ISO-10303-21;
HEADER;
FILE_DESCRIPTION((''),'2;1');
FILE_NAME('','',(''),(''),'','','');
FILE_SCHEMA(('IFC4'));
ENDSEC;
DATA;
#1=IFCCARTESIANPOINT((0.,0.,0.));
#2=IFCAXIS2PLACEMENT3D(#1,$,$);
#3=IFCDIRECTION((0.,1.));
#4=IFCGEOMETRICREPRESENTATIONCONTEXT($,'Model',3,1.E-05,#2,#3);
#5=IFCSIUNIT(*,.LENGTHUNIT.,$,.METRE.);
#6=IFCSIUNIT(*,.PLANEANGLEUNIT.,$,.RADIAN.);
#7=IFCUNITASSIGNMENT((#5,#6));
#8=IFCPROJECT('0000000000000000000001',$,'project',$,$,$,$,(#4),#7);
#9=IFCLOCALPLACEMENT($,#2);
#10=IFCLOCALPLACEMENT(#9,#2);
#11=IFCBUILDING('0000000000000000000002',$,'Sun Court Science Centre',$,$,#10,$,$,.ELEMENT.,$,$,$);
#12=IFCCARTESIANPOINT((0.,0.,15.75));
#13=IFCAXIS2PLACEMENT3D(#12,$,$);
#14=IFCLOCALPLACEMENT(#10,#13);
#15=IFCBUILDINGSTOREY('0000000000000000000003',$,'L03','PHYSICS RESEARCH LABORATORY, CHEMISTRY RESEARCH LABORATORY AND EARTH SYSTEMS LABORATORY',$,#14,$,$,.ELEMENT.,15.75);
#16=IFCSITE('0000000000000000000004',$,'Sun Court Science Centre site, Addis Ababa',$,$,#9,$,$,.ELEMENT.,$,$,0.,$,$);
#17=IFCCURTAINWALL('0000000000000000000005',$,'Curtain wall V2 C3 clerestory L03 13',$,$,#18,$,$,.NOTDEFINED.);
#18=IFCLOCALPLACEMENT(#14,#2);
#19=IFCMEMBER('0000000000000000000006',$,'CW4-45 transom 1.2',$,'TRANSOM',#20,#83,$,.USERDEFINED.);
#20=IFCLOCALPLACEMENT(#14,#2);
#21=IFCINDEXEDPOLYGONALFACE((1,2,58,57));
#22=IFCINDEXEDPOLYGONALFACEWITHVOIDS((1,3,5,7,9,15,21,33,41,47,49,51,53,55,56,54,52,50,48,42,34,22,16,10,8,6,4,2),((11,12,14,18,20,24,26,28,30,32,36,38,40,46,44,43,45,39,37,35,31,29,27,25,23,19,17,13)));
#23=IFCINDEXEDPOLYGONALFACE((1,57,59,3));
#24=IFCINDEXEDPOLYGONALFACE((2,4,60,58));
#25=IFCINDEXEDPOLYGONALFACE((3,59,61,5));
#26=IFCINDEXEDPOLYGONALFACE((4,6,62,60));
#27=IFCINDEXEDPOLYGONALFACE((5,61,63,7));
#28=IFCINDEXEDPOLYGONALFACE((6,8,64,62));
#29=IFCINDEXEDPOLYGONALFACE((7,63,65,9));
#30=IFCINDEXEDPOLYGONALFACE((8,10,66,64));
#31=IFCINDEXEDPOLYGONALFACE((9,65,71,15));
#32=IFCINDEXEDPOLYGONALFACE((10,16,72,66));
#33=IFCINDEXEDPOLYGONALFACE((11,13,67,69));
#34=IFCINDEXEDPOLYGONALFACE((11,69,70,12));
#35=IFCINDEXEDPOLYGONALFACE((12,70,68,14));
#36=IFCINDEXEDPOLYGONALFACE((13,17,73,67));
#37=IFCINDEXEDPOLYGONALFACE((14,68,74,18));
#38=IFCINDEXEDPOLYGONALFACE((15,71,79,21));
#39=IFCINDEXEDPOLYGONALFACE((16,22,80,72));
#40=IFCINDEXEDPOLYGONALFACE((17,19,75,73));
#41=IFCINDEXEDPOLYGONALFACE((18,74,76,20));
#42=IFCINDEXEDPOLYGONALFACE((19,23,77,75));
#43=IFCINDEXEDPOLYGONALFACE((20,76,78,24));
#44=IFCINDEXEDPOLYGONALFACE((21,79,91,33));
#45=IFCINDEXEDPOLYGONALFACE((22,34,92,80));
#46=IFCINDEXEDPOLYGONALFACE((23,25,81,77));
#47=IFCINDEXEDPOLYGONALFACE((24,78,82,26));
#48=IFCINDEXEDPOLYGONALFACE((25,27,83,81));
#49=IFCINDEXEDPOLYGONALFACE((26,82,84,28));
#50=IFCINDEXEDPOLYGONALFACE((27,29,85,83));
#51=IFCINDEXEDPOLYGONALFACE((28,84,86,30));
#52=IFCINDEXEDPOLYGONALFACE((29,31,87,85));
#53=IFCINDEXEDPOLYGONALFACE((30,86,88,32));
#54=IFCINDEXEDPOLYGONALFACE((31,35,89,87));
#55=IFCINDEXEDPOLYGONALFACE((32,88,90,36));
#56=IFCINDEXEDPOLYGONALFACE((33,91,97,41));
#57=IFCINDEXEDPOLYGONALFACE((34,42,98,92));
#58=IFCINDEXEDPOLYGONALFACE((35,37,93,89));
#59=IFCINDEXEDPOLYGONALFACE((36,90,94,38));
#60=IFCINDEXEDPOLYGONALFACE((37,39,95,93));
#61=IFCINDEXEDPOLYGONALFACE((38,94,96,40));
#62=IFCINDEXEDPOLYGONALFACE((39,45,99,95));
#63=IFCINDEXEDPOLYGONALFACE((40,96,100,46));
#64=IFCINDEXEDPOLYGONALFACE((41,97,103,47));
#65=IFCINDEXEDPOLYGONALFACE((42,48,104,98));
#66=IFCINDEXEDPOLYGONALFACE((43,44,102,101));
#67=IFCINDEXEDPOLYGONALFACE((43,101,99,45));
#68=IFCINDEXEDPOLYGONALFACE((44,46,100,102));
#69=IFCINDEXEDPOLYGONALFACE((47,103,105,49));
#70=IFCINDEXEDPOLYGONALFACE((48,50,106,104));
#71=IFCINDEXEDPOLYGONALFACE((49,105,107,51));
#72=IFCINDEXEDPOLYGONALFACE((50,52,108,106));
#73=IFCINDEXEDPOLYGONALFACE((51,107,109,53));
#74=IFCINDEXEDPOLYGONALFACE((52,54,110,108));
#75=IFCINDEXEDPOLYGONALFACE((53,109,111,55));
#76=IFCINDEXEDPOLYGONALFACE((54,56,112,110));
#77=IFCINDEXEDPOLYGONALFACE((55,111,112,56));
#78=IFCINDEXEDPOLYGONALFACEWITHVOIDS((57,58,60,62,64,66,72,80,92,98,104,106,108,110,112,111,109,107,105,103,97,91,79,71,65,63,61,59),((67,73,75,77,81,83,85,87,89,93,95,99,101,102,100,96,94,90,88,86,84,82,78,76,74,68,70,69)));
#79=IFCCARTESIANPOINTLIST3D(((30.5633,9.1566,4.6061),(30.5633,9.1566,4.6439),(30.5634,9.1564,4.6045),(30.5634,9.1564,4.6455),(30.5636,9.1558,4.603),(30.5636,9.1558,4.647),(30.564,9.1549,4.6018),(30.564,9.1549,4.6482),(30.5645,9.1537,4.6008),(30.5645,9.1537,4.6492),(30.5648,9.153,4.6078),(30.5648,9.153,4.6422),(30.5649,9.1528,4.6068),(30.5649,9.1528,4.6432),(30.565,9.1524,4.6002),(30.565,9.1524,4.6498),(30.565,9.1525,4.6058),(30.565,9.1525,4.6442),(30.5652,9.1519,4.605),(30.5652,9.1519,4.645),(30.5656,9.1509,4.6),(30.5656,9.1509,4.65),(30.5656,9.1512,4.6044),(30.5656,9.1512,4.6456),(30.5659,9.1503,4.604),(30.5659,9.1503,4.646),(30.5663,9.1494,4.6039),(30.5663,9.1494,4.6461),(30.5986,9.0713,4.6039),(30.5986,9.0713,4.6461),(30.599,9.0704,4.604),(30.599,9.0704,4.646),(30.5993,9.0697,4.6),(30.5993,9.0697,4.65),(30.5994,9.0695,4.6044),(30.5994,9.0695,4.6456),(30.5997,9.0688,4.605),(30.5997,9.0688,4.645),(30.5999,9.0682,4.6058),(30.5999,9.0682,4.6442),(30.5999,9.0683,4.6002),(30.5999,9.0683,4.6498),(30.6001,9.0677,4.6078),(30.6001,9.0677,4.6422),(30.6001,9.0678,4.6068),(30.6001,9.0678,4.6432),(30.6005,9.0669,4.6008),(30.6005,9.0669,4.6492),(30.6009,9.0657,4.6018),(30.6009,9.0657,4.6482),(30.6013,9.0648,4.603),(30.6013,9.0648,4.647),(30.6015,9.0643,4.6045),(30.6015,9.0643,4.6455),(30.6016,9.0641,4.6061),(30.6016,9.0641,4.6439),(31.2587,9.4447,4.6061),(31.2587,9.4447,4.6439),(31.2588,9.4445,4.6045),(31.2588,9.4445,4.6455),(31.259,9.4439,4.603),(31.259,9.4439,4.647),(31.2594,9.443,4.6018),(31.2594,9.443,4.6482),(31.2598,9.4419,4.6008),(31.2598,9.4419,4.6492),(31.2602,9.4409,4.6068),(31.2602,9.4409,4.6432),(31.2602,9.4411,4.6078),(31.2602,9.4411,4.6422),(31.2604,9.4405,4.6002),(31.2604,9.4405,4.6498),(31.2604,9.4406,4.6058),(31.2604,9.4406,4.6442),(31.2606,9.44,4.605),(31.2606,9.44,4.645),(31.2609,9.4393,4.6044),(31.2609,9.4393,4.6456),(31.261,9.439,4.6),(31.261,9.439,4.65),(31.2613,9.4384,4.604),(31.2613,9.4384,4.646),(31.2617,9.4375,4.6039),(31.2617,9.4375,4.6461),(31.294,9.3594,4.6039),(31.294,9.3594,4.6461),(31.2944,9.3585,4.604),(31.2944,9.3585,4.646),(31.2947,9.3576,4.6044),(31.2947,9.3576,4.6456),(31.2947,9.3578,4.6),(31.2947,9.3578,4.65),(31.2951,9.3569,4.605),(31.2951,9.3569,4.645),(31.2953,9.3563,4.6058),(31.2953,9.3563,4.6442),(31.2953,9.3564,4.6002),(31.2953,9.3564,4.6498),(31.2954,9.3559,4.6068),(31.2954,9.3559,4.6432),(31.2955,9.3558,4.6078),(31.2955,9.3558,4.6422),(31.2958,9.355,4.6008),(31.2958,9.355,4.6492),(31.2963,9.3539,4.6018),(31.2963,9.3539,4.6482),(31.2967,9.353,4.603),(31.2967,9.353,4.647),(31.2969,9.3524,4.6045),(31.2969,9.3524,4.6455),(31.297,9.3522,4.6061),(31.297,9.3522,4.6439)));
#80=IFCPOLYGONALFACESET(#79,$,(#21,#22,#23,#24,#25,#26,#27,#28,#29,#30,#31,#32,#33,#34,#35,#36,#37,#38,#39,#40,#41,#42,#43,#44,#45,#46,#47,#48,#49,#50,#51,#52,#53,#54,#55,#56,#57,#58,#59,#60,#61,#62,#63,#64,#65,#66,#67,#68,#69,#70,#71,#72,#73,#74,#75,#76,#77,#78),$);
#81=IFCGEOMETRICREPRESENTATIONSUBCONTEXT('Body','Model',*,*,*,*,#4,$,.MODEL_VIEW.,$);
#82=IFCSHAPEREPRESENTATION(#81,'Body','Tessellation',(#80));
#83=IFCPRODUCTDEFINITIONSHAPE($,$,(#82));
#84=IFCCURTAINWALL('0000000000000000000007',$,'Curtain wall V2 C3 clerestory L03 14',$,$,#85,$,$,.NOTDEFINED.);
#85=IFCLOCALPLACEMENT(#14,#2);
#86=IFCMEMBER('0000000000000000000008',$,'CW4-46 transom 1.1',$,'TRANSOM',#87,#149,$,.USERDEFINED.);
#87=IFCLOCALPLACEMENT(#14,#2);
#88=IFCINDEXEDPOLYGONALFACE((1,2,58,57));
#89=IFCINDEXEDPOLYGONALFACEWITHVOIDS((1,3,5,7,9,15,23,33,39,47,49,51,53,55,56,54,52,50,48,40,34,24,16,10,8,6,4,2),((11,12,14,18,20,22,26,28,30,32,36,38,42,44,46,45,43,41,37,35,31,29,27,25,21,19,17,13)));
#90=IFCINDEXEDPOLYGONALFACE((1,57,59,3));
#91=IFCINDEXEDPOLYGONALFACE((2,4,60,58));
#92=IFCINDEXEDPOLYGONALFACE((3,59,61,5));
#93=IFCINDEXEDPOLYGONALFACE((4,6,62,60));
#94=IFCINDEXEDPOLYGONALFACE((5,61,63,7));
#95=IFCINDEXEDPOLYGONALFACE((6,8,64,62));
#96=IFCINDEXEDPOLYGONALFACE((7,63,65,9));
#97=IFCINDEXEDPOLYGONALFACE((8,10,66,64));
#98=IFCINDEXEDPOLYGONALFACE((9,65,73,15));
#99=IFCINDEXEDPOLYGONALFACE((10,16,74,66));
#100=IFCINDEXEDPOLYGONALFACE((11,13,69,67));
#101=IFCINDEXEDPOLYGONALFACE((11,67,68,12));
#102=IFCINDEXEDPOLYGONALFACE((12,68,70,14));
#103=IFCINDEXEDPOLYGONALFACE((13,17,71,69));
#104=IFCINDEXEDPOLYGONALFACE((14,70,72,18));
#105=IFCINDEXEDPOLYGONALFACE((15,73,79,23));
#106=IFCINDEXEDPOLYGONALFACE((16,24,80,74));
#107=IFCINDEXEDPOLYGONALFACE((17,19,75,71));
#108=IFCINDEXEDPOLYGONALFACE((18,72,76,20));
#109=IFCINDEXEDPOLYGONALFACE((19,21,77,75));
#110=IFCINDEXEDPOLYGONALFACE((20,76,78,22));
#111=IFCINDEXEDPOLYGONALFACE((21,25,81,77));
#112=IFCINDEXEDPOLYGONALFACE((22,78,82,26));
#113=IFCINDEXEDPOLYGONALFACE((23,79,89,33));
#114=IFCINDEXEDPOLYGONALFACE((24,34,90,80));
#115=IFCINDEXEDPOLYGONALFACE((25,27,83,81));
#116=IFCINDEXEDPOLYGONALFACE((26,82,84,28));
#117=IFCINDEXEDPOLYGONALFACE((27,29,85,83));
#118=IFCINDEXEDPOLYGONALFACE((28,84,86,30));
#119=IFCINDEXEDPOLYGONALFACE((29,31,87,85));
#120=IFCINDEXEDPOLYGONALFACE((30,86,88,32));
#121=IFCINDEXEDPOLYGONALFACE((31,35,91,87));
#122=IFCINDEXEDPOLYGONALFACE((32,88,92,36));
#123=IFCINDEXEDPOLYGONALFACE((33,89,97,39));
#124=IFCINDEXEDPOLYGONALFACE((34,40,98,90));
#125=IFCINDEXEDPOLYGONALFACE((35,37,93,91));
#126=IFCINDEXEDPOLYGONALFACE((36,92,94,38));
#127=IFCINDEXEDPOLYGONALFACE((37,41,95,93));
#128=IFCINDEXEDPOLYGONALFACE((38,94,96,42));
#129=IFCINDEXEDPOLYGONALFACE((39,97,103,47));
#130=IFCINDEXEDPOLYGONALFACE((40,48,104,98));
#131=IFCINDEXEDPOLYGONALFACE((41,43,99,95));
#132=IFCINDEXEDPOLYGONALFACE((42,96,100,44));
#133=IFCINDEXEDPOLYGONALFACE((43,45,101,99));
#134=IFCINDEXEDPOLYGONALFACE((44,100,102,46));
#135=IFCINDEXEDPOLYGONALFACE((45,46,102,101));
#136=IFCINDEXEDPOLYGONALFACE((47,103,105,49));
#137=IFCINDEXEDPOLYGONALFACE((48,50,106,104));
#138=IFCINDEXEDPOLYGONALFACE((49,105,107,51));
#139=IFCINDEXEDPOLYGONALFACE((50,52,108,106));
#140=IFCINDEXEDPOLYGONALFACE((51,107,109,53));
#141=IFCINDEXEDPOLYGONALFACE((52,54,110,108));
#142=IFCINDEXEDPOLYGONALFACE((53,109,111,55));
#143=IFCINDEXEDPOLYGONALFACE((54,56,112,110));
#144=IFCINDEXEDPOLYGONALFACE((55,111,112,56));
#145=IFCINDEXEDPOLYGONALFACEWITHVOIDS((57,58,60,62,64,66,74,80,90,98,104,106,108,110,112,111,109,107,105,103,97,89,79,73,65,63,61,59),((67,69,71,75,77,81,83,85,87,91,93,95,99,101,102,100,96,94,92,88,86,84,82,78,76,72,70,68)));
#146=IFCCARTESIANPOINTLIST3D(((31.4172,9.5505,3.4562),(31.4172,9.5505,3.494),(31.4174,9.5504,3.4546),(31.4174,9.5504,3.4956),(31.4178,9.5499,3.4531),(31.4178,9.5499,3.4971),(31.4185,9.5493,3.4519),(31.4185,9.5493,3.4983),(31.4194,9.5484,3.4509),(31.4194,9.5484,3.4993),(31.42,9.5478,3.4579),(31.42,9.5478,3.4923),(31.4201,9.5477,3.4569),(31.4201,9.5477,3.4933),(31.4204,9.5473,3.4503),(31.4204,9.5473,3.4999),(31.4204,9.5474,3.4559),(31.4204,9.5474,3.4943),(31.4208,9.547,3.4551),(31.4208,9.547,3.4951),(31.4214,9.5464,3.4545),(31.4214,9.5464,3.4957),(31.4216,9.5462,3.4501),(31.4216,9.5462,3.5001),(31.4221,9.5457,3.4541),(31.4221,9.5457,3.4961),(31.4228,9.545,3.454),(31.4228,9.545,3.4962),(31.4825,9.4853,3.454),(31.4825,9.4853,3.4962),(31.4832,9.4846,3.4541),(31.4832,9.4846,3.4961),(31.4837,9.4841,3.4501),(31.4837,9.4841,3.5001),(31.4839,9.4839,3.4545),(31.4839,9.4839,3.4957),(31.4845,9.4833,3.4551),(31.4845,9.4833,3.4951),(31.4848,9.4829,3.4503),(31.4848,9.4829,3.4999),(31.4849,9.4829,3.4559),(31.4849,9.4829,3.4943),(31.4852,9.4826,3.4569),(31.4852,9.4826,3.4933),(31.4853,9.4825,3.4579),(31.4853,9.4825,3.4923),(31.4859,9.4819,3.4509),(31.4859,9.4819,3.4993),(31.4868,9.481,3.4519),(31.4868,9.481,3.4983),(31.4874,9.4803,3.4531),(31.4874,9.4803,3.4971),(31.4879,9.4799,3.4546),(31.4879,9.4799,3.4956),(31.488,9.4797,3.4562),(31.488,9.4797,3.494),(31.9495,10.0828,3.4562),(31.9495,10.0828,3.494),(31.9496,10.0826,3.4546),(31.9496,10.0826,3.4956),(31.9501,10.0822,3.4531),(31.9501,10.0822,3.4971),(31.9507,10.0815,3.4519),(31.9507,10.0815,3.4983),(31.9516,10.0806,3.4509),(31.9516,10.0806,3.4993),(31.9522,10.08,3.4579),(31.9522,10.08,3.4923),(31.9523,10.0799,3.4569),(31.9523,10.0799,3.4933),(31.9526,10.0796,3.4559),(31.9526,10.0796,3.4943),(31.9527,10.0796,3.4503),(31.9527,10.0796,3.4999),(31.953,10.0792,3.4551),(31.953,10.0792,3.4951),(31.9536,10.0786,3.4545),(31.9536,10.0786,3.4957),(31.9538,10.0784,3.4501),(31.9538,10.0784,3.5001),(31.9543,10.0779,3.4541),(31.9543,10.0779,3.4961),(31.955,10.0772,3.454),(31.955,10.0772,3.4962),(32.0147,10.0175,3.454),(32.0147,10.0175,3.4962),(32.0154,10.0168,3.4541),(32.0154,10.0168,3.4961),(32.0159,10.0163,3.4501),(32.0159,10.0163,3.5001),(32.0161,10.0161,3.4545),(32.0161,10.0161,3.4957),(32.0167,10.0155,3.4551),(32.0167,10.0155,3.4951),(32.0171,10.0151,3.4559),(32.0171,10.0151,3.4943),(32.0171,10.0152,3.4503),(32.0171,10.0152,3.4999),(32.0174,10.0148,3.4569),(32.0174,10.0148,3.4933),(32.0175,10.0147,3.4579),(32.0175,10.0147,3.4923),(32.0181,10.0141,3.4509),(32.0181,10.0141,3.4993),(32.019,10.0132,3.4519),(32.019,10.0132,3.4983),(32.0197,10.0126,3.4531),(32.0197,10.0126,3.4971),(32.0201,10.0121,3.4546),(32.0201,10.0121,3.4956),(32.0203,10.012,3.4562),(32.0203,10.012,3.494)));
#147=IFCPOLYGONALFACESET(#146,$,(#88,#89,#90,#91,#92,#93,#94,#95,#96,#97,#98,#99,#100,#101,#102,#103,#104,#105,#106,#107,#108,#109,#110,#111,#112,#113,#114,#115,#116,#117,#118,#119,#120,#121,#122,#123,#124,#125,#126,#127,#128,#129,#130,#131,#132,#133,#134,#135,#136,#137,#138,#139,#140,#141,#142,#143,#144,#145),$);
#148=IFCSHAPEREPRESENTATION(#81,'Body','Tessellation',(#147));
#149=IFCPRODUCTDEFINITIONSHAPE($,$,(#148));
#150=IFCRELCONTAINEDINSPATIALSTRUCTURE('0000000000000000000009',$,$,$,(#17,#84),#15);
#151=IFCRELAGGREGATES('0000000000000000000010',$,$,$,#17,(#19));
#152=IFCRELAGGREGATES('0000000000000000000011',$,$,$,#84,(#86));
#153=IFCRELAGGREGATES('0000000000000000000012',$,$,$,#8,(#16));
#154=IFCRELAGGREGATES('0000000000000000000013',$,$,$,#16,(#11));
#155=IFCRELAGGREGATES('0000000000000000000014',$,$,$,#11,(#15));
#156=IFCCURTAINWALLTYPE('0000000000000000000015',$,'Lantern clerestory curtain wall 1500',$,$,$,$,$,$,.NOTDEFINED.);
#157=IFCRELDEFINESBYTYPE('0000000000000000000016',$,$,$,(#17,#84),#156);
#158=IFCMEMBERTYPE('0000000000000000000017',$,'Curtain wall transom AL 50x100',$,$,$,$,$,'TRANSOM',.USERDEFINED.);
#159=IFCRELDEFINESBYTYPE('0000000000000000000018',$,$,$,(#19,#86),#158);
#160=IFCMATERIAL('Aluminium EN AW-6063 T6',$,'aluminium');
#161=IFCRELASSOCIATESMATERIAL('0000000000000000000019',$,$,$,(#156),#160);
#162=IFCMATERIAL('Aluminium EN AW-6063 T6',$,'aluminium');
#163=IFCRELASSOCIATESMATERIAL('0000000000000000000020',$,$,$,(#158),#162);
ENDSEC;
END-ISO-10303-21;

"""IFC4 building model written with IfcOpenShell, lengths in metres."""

from ifc_helpers import new_model, si_unit, direction, frame, origin, origin_2d, place, context, subcontext, project, spatial, hollow_rectangle, extrude, material, material_profile, profile_set, type_object, element, aggregate, save


model = new_model("IFC4")

# Units and contexts
model_context = context("Model", 3, precision=1e-05, world=origin(), true_north=direction((0.0, 1.0)))
body_context = subcontext(model_context, "Body", "Model", "MODEL_VIEW")
ifc_project = project(units=[si_unit("LENGTHUNIT", "METRE"), si_unit("PLANEANGLEUNIT", "RADIAN")], contexts=[model_context])

# Site, building, storey
site_placement = place(None, origin())
site = spatial("IfcSite", under=ifc_project, at=site_placement, Name="Sun Court Science Centre site, Addis Ababa", CompositionType="ELEMENT", RefElevation=0.0)
building_placement = place(site_placement, origin())
building = spatial("IfcBuilding", under=site, at=building_placement, Name="Sun Court Science Centre", CompositionType="ELEMENT")
storey_placement = place(building_placement, frame((0.0, 0.0, 15.75)))
storey = spatial("IfcBuildingStorey", under=building, at=storey_placement, Name="L03", Description="PHYSICS RESEARCH LABORATORY, CHEMISTRY RESEARCH LABORATORY AND EARTH SYSTEMS LABORATORY", CompositionType="ELEMENT", Elevation=15.75)

# Curtain walls, members
ifc_material_1 = material(Name="Aluminium EN AW-6063 T6", Category="aluminium")
curtain_wall_type = type_object("IfcCurtainWallType", Name="Lantern clerestory curtain wall 1500", PredefinedType="NOTDEFINED", material=ifc_material_1)
ifc_material_2 = material(Name="Aluminium EN AW-6063 T6", Category="aluminium")
ifc_material_profile_1 = material_profile(ifc_material_2, hollow_rectangle(XDim=0.05, YDim=0.1001, WallThickness=0.0039, InnerFilletRadius=0.0039, OuterFilletRadius=0.0061, at=origin_2d()), Name="AL 50x100x4")
ifc_profile_set_1 = profile_set([ifc_material_profile_1], Name="Aluminium EN AW-6063 T6")
member_type_1 = type_object("IfcMemberType", Name="Curtain wall transom AL 50x100", ElementType="TRANSOM", PredefinedType="USERDEFINED", material=ifc_profile_set_1)
curtain_wall_1_placement = place(storey_placement, origin())
curtain_wall_1 = element("IfcCurtainWall", 1, at=curtain_wall_1_placement, inside=storey, type_object=curtain_wall_type, Name="Curtain wall V2 C3 clerestory L03 13", PredefinedType="NOTDEFINED")
member_1_placement = place(storey_placement, frame((31.2778, 9.3984, 4.625), z_axis=(-0.923843, -0.382772, 0.0), x_axis=(0.0, 0.0, 1.0)))
member_1 = element("IfcMember", 2, at=member_1_placement, type_object=member_type_1, Name="CW4-45 transom 1.2", ObjectType="TRANSOM", PredefinedType="USERDEFINED", context=body_context, shape_type="SweptSolid", body=[
    extrude(hollow_rectangle(XDim=0.05, YDim=0.1001, WallThickness=0.0039, InnerFilletRadius=0.0039, OuterFilletRadius=0.0061, at=origin_2d()), origin(), (0.0, 0.0, 1.0), 0.7527),
])
curtain_wall_2_placement = place(storey_placement, origin())
curtain_wall_2 = element("IfcCurtainWall", 3, at=curtain_wall_2_placement, inside=storey, type_object=curtain_wall_type, Name="Curtain wall V2 C3 clerestory L03 14", PredefinedType="NOTDEFINED")
member_2_placement = place(storey_placement, frame((31.9849, 10.0474, 3.4751), z_axis=(-0.707107, -0.707107, 0.0), x_axis=(0.0, 0.0, 1.0)))
member_2 = element("IfcMember", 4, at=member_2_placement, type_object=member_type_1, Name="CW4-46 transom 1.1", ObjectType="TRANSOM", PredefinedType="USERDEFINED", context=body_context, shape_type="SweptSolid", body=[
    extrude(hollow_rectangle(XDim=0.05, YDim=0.1001, WallThickness=0.0039, InnerFilletRadius=0.0039, OuterFilletRadius=0.0061, at=origin_2d()), origin(), (0.0, 0.0, 1.0), 0.7527),
])

aggregate(curtain_wall_1, [member_1])
aggregate(curtain_wall_2, [member_2])

save(model, "model.ifc")
